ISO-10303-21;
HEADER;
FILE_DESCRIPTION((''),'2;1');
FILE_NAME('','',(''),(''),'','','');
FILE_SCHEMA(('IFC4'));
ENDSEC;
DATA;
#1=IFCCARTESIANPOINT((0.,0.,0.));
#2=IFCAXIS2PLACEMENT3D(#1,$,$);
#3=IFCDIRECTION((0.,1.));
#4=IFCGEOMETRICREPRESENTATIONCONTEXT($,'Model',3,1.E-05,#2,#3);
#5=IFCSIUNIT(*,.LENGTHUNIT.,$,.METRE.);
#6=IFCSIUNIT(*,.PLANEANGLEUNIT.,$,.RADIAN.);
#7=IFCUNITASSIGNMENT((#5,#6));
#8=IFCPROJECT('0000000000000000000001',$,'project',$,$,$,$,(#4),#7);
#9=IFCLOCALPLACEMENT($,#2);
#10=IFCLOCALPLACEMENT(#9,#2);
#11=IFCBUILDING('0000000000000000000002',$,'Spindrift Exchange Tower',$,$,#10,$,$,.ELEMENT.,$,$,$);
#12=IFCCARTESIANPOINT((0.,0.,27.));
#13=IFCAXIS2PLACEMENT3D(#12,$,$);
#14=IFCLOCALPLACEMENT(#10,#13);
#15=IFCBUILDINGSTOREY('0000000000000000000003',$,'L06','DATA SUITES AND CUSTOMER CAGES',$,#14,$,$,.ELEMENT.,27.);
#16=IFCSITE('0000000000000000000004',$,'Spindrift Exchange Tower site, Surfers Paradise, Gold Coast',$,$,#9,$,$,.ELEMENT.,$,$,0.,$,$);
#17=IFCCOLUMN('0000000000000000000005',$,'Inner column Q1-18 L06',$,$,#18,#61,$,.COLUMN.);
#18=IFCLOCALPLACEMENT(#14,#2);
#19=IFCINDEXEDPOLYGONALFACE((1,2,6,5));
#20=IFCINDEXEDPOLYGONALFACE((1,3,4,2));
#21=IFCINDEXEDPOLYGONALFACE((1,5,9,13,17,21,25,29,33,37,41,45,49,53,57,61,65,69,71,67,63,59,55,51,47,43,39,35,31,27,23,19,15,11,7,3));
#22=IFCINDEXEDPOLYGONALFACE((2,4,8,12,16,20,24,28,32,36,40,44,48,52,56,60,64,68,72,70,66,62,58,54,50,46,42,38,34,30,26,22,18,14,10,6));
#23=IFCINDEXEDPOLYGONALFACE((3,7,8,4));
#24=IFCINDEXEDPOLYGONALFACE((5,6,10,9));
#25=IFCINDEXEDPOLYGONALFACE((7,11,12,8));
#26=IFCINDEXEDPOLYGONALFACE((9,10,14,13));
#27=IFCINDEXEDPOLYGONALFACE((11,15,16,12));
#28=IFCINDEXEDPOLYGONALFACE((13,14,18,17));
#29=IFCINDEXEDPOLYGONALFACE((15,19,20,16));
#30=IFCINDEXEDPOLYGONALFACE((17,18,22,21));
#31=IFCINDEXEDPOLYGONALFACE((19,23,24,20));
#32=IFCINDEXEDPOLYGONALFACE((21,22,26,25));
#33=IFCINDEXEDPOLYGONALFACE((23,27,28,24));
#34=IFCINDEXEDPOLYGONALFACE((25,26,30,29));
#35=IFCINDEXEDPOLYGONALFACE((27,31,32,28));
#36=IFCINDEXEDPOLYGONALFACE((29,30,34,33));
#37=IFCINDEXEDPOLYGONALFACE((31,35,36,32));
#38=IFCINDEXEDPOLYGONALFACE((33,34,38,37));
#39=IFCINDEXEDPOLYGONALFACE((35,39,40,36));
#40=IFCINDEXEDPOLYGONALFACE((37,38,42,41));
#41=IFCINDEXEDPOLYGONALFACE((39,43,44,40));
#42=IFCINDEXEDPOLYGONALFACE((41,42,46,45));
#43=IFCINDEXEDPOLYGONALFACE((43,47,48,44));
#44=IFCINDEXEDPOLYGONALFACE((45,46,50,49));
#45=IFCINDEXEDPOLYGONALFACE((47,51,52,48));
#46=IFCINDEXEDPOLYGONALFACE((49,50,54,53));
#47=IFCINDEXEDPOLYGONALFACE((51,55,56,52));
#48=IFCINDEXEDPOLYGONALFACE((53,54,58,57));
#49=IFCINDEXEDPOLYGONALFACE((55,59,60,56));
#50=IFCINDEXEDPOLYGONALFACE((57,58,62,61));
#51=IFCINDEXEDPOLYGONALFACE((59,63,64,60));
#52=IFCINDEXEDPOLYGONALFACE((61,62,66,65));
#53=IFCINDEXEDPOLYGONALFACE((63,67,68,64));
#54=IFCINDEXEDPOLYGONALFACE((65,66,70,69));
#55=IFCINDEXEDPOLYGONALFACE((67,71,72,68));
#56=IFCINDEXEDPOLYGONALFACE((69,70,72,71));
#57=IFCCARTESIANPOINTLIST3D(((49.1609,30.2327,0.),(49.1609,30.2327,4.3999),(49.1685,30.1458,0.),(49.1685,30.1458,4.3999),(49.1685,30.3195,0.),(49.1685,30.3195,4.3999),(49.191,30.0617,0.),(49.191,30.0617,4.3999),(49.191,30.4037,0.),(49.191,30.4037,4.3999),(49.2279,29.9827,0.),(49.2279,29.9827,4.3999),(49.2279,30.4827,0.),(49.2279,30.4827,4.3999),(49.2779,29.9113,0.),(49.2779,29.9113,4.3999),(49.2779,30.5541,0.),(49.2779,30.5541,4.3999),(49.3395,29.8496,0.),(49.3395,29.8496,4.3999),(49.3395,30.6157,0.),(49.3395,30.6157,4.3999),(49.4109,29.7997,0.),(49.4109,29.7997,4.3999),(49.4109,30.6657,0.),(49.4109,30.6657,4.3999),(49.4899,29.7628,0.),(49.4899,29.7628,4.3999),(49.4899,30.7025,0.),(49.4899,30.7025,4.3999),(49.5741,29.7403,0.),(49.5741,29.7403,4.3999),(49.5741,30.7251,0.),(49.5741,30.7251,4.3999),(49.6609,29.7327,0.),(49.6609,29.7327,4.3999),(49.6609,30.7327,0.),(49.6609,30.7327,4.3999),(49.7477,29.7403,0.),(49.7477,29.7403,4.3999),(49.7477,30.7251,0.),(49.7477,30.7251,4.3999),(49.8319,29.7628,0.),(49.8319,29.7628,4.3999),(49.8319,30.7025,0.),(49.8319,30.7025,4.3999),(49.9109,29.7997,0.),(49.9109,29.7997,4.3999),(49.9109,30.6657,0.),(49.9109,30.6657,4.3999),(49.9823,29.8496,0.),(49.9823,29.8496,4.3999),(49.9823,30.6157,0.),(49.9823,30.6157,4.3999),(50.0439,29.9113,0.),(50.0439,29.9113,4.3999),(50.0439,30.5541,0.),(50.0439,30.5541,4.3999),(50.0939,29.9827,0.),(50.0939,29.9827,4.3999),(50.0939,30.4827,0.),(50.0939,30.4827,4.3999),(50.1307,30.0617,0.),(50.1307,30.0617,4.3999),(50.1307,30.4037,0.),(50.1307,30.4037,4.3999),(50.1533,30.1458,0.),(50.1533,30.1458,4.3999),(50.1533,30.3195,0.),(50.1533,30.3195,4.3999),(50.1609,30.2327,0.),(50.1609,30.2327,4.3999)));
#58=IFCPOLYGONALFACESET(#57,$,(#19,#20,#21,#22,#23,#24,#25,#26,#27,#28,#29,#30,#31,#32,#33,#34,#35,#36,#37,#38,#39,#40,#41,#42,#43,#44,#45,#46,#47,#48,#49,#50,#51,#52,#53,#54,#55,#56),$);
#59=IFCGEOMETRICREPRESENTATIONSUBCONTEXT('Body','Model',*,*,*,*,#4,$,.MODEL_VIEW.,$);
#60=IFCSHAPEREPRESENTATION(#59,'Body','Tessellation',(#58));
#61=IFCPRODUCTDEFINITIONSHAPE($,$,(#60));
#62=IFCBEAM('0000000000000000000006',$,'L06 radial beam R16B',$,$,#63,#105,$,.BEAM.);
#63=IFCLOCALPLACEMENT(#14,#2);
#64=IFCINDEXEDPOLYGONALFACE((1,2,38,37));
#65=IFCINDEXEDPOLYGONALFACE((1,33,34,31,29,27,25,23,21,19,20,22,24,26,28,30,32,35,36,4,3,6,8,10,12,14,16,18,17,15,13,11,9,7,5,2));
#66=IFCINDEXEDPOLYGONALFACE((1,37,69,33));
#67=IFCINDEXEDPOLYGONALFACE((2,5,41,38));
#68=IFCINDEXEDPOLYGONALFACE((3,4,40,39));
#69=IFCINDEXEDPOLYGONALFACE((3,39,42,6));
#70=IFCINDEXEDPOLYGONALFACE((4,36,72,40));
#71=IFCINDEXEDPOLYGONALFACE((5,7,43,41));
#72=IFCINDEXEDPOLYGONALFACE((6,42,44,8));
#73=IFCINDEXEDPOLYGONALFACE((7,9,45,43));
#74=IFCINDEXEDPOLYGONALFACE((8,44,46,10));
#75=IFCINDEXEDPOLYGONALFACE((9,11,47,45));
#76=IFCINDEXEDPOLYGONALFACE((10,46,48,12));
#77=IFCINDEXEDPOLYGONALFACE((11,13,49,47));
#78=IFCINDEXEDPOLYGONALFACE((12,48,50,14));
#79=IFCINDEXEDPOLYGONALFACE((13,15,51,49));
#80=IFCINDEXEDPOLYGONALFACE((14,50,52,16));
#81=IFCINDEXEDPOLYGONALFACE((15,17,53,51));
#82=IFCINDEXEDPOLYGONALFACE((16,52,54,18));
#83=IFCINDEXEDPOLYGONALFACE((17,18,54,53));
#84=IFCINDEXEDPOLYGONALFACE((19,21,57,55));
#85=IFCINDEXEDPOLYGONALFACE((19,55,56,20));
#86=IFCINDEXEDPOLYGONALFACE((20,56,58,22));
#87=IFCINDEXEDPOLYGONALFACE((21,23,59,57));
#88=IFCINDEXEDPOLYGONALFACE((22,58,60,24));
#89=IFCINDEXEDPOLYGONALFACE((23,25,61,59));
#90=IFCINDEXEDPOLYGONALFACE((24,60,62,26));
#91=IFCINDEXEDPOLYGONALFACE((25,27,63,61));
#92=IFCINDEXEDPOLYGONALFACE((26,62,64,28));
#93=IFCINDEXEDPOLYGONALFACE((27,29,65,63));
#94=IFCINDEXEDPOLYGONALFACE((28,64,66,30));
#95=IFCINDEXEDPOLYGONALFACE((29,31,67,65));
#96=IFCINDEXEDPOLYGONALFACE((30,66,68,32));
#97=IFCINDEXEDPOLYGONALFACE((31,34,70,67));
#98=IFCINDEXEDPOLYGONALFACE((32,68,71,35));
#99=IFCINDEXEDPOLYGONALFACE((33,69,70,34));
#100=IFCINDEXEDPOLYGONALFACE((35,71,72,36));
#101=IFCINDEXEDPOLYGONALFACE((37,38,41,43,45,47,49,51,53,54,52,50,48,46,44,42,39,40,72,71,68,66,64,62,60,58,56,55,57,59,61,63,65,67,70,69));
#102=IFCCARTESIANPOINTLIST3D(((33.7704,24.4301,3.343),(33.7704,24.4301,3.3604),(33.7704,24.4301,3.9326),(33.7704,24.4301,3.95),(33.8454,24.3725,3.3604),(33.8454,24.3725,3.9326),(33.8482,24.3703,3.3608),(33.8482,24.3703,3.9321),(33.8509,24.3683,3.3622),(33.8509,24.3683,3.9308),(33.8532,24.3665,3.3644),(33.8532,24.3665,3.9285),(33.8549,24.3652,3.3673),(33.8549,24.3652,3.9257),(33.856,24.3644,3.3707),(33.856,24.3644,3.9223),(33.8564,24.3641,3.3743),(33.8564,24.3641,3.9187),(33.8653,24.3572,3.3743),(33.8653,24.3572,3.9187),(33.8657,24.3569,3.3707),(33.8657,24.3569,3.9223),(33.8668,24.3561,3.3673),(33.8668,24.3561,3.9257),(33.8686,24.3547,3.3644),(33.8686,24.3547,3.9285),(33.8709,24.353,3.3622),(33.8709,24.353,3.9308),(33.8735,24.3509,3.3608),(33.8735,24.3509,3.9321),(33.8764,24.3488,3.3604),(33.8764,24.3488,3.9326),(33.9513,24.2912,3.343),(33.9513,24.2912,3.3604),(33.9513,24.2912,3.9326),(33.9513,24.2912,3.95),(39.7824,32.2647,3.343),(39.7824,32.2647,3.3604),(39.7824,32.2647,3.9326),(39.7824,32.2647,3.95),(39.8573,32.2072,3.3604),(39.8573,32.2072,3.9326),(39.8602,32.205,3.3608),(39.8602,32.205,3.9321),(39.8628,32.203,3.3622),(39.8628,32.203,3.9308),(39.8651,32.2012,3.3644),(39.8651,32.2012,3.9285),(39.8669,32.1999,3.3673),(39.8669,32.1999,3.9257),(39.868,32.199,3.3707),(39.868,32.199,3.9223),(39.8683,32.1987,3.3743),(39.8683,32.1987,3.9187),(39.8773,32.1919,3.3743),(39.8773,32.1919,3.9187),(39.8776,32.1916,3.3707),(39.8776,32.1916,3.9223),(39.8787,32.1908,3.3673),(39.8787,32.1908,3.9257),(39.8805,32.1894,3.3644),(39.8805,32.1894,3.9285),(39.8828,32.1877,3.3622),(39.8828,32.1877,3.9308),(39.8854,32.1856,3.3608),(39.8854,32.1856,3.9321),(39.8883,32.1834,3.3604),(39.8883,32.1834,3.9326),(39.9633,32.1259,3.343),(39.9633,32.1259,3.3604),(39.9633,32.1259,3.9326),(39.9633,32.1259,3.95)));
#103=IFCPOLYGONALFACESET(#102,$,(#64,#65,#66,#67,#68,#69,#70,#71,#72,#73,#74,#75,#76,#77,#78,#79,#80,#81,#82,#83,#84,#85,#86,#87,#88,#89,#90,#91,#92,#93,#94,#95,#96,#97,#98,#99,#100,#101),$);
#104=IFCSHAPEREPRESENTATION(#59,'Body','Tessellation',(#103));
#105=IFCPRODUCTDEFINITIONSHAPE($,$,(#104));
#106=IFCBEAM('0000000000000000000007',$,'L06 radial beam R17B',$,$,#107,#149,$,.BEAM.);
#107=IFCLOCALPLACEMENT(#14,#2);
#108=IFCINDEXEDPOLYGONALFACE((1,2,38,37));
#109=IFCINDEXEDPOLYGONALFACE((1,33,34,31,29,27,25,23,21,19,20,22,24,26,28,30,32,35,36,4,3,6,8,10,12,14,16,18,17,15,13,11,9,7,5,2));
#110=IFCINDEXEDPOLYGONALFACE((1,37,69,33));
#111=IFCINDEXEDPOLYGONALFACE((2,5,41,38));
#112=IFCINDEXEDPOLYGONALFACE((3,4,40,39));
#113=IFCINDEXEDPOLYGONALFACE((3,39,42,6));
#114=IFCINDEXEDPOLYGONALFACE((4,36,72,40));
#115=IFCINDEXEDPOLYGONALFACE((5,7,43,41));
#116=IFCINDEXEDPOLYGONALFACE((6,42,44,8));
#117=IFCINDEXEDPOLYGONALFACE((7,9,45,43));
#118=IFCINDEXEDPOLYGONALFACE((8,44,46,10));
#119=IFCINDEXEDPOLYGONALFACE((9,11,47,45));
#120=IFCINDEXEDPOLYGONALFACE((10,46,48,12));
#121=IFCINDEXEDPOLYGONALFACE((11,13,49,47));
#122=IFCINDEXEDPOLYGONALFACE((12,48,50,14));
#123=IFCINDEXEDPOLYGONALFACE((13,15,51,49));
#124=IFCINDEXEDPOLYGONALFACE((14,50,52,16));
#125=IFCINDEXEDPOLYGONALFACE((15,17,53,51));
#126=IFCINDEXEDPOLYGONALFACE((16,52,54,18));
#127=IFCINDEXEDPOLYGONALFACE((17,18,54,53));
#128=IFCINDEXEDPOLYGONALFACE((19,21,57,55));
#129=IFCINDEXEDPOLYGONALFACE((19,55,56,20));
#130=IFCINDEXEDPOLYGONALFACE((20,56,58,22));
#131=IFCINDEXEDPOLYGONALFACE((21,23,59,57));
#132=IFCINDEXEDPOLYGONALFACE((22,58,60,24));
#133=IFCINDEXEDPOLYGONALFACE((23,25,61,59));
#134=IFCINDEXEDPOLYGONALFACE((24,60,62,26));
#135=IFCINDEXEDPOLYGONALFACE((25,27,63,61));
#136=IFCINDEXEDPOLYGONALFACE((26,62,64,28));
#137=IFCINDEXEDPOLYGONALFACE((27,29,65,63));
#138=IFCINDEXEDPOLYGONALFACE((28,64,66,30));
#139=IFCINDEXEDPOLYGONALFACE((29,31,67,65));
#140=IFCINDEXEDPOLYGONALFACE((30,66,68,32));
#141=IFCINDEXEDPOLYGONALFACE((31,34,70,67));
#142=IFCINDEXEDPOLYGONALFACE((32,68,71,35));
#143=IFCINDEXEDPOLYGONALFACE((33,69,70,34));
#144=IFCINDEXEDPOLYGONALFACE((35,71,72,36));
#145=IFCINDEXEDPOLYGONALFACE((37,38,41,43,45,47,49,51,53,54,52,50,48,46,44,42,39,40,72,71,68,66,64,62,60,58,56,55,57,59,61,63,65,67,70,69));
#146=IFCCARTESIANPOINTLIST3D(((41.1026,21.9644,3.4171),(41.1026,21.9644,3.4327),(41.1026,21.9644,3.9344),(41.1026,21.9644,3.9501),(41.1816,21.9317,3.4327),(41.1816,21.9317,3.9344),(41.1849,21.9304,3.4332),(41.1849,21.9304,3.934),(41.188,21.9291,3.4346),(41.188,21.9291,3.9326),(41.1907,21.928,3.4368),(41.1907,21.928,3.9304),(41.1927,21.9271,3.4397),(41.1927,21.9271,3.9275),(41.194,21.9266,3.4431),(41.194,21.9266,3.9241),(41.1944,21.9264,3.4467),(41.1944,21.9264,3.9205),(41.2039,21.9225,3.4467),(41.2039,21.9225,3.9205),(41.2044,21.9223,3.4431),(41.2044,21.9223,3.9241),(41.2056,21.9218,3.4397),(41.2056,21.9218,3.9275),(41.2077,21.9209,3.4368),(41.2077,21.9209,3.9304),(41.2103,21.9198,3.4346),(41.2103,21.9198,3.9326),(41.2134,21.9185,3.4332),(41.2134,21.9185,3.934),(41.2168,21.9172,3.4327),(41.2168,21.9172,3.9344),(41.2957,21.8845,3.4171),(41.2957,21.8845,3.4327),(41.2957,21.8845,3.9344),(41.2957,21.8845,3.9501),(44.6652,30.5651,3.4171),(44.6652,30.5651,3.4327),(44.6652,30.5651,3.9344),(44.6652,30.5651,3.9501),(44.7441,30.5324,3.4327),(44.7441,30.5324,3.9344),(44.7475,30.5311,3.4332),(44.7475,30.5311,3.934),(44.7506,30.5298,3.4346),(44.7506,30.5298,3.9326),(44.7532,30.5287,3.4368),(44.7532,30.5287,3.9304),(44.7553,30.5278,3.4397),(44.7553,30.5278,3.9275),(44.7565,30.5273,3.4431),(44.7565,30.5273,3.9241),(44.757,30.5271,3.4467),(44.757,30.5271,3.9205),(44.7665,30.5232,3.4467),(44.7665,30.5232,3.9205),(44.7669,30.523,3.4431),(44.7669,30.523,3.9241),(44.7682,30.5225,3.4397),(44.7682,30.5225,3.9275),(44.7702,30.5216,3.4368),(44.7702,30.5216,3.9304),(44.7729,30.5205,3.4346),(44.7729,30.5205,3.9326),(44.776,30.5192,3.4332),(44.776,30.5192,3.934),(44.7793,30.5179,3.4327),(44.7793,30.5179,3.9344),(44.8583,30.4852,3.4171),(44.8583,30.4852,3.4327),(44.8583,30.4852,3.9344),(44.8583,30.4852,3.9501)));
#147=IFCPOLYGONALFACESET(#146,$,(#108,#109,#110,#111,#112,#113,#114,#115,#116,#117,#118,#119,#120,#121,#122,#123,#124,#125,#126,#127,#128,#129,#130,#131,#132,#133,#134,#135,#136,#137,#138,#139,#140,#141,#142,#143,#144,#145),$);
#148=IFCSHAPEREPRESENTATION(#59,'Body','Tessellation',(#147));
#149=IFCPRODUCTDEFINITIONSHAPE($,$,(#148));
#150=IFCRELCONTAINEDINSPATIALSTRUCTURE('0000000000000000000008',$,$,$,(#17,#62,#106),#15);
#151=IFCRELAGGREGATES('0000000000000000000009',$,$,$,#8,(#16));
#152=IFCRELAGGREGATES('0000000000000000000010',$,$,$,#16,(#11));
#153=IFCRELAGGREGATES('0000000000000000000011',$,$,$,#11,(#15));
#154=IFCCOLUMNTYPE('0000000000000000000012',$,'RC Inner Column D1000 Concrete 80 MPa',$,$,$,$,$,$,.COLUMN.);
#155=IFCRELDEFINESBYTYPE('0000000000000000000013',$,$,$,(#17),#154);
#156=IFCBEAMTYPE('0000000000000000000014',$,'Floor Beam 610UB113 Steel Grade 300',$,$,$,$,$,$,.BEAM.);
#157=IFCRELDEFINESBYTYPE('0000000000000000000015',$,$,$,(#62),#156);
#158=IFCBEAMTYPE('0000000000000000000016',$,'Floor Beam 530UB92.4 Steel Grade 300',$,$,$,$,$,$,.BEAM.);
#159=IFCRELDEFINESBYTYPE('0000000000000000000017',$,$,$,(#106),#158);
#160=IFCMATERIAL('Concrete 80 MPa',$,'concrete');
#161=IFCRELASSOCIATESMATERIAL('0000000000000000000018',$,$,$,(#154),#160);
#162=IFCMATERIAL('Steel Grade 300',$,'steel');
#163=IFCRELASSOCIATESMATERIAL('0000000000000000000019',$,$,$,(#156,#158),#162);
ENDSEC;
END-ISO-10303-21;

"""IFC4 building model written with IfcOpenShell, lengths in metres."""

from ifc_helpers import new_model, si_unit, direction, frame, origin, origin_2d, place, context, subcontext, project, spatial, circle, i_section, extrude, source, transform, mapped, material, material_profile, profile_set, type_object, element, save


model = new_model("IFC4")

# Units and contexts
model_context = context("Model", 3, precision=1e-05, world=origin(), true_north=direction((0.0, 1.0)))
body_context = subcontext(model_context, "Body", "Model", "MODEL_VIEW")
ifc_project = project(units=[si_unit("LENGTHUNIT", "METRE"), si_unit("PLANEANGLEUNIT", "RADIAN")], contexts=[model_context])

# Site, building, storey
site_placement = place(None, origin())
site = spatial("IfcSite", under=ifc_project, at=site_placement, Name="Spindrift Exchange Tower site, Surfers Paradise, Gold Coast", CompositionType="ELEMENT", RefElevation=0.0)
building_placement = place(site_placement, origin())
building = spatial("IfcBuilding", under=site, at=building_placement, Name="Spindrift Exchange Tower", CompositionType="ELEMENT")
storey_placement = place(building_placement, frame((0.0, 0.0, 27.0)))
storey = spatial("IfcBuildingStorey", under=building, at=storey_placement, Name="L06", Description="DATA SUITES AND CUSTOMER CAGES", CompositionType="ELEMENT", Elevation=27.0)

# Column
ifc_material_1 = material(Name="Concrete 80 MPa", Category="concrete")
ifc_material_profile_1 = material_profile(ifc_material_1, circle(Radius=0.5, at=origin_2d()), Name="RC D1000")
ifc_profile_set_1 = profile_set([ifc_material_profile_1], Name="Concrete 80 MPa")
column_type_1 = type_object("IfcColumnType", Name="RC Inner Column D1000 Concrete 80 MPa", PredefinedType="COLUMN", material=ifc_profile_set_1)
shared_shape_1 = source(origin(), body_context, "Body", "SweptSolid", [
    extrude(circle(Radius=0.5, at=origin_2d()), origin(), (0.0, 0.0, 1.0), 4.3999),
])
for number, where, z_axis, x_axis, name in (
    (1, (49.6609, 30.2327, 0.0), (0.0, 0.0, 1.0), (1.0, 0.0, 0.0), "Inner column Q1-18 L06"),
):
    element("IfcColumn", number, at=place(storey_placement, frame(where, z_axis=z_axis, x_axis=x_axis)), inside=storey, type_object=column_type_1, Name=name, PredefinedType="COLUMN", context=body_context, shape_type="MappedRepresentation", body=[
        mapped(shared_shape_1, transform((0.0, 0.0, 0.0), scale=1.0)),
    ])

# Beams
ifc_material_2 = material(Name="Steel Grade 300", Category="steel")
ifc_material_profile_2 = material_profile(ifc_material_2, i_section(OverallWidth=0.228, OverallDepth=0.6069, WebThickness=0.0112, FlangeThickness=0.0173, FilletRadius=0.0139, at=origin_2d()), Name="610UB113")
ifc_profile_set_2 = profile_set([ifc_material_profile_2], Name="Steel Grade 300")
beam_type_1 = type_object("IfcBeamType", Name="Floor Beam 610UB113 Steel Grade 300", PredefinedType="BEAM", material=ifc_profile_set_2)
shared_shape_2 = source(origin(), body_context, "Body", "SweptSolid", [
    extrude(i_section(OverallWidth=0.228, OverallDepth=0.6069, WebThickness=0.0112, FlangeThickness=0.0173, FilletRadius=0.0139, at=origin_2d()), origin(), (0.0, 0.0, 1.0), 9.8755),
])
beam_1_placement = place(storey_placement, frame((39.8728, 32.1953, 3.6465), z_axis=(-0.608772, -0.793345, 0.0), x_axis=(0.793345, -0.608772, 0.0)))
element("IfcBeam", 2, at=beam_1_placement, inside=storey, type_object=beam_type_1, Name="L06 radial beam R16B", PredefinedType="BEAM", context=body_context, shape_type="MappedRepresentation", body=[
    mapped(shared_shape_2, transform((0.0, 0.0, 0.0), scale=1.0)),
])
ifc_material_profile_3 = material_profile(ifc_material_2, i_section(OverallWidth=0.209, OverallDepth=0.533, WebThickness=0.0103, FlangeThickness=0.0156, FilletRadius=0.0139, at=origin_2d()), Name="530UB92.4")
ifc_profile_set_3 = profile_set([ifc_material_profile_3], Name="Steel Grade 300")
beam_type_2 = type_object("IfcBeamType", Name="Floor Beam 530UB92.4 Steel Grade 300", PredefinedType="BEAM", material=ifc_profile_set_3)
shared_shape_3 = source(origin(), body_context, "Body", "SweptSolid", [
    extrude(i_section(OverallWidth=0.209, OverallDepth=0.533, WebThickness=0.0103, FlangeThickness=0.0156, FilletRadius=0.0139, at=origin_2d()), origin(), (0.0, 0.0, 1.0), 9.3093),
])
beam_2_placement = place(storey_placement, frame((44.7617, 30.5251, 3.6836), z_axis=(-0.382685, -0.923879, 0.0), x_axis=(0.923879, -0.382685, 0.0)))
element("IfcBeam", 3, at=beam_2_placement, inside=storey, type_object=beam_type_2, Name="L06 radial beam R17B", PredefinedType="BEAM", context=body_context, shape_type="MappedRepresentation", body=[
    mapped(shared_shape_3, transform((0.0, 0.0, 0.0), scale=1.0)),
])

save(model, "model.ifc")
